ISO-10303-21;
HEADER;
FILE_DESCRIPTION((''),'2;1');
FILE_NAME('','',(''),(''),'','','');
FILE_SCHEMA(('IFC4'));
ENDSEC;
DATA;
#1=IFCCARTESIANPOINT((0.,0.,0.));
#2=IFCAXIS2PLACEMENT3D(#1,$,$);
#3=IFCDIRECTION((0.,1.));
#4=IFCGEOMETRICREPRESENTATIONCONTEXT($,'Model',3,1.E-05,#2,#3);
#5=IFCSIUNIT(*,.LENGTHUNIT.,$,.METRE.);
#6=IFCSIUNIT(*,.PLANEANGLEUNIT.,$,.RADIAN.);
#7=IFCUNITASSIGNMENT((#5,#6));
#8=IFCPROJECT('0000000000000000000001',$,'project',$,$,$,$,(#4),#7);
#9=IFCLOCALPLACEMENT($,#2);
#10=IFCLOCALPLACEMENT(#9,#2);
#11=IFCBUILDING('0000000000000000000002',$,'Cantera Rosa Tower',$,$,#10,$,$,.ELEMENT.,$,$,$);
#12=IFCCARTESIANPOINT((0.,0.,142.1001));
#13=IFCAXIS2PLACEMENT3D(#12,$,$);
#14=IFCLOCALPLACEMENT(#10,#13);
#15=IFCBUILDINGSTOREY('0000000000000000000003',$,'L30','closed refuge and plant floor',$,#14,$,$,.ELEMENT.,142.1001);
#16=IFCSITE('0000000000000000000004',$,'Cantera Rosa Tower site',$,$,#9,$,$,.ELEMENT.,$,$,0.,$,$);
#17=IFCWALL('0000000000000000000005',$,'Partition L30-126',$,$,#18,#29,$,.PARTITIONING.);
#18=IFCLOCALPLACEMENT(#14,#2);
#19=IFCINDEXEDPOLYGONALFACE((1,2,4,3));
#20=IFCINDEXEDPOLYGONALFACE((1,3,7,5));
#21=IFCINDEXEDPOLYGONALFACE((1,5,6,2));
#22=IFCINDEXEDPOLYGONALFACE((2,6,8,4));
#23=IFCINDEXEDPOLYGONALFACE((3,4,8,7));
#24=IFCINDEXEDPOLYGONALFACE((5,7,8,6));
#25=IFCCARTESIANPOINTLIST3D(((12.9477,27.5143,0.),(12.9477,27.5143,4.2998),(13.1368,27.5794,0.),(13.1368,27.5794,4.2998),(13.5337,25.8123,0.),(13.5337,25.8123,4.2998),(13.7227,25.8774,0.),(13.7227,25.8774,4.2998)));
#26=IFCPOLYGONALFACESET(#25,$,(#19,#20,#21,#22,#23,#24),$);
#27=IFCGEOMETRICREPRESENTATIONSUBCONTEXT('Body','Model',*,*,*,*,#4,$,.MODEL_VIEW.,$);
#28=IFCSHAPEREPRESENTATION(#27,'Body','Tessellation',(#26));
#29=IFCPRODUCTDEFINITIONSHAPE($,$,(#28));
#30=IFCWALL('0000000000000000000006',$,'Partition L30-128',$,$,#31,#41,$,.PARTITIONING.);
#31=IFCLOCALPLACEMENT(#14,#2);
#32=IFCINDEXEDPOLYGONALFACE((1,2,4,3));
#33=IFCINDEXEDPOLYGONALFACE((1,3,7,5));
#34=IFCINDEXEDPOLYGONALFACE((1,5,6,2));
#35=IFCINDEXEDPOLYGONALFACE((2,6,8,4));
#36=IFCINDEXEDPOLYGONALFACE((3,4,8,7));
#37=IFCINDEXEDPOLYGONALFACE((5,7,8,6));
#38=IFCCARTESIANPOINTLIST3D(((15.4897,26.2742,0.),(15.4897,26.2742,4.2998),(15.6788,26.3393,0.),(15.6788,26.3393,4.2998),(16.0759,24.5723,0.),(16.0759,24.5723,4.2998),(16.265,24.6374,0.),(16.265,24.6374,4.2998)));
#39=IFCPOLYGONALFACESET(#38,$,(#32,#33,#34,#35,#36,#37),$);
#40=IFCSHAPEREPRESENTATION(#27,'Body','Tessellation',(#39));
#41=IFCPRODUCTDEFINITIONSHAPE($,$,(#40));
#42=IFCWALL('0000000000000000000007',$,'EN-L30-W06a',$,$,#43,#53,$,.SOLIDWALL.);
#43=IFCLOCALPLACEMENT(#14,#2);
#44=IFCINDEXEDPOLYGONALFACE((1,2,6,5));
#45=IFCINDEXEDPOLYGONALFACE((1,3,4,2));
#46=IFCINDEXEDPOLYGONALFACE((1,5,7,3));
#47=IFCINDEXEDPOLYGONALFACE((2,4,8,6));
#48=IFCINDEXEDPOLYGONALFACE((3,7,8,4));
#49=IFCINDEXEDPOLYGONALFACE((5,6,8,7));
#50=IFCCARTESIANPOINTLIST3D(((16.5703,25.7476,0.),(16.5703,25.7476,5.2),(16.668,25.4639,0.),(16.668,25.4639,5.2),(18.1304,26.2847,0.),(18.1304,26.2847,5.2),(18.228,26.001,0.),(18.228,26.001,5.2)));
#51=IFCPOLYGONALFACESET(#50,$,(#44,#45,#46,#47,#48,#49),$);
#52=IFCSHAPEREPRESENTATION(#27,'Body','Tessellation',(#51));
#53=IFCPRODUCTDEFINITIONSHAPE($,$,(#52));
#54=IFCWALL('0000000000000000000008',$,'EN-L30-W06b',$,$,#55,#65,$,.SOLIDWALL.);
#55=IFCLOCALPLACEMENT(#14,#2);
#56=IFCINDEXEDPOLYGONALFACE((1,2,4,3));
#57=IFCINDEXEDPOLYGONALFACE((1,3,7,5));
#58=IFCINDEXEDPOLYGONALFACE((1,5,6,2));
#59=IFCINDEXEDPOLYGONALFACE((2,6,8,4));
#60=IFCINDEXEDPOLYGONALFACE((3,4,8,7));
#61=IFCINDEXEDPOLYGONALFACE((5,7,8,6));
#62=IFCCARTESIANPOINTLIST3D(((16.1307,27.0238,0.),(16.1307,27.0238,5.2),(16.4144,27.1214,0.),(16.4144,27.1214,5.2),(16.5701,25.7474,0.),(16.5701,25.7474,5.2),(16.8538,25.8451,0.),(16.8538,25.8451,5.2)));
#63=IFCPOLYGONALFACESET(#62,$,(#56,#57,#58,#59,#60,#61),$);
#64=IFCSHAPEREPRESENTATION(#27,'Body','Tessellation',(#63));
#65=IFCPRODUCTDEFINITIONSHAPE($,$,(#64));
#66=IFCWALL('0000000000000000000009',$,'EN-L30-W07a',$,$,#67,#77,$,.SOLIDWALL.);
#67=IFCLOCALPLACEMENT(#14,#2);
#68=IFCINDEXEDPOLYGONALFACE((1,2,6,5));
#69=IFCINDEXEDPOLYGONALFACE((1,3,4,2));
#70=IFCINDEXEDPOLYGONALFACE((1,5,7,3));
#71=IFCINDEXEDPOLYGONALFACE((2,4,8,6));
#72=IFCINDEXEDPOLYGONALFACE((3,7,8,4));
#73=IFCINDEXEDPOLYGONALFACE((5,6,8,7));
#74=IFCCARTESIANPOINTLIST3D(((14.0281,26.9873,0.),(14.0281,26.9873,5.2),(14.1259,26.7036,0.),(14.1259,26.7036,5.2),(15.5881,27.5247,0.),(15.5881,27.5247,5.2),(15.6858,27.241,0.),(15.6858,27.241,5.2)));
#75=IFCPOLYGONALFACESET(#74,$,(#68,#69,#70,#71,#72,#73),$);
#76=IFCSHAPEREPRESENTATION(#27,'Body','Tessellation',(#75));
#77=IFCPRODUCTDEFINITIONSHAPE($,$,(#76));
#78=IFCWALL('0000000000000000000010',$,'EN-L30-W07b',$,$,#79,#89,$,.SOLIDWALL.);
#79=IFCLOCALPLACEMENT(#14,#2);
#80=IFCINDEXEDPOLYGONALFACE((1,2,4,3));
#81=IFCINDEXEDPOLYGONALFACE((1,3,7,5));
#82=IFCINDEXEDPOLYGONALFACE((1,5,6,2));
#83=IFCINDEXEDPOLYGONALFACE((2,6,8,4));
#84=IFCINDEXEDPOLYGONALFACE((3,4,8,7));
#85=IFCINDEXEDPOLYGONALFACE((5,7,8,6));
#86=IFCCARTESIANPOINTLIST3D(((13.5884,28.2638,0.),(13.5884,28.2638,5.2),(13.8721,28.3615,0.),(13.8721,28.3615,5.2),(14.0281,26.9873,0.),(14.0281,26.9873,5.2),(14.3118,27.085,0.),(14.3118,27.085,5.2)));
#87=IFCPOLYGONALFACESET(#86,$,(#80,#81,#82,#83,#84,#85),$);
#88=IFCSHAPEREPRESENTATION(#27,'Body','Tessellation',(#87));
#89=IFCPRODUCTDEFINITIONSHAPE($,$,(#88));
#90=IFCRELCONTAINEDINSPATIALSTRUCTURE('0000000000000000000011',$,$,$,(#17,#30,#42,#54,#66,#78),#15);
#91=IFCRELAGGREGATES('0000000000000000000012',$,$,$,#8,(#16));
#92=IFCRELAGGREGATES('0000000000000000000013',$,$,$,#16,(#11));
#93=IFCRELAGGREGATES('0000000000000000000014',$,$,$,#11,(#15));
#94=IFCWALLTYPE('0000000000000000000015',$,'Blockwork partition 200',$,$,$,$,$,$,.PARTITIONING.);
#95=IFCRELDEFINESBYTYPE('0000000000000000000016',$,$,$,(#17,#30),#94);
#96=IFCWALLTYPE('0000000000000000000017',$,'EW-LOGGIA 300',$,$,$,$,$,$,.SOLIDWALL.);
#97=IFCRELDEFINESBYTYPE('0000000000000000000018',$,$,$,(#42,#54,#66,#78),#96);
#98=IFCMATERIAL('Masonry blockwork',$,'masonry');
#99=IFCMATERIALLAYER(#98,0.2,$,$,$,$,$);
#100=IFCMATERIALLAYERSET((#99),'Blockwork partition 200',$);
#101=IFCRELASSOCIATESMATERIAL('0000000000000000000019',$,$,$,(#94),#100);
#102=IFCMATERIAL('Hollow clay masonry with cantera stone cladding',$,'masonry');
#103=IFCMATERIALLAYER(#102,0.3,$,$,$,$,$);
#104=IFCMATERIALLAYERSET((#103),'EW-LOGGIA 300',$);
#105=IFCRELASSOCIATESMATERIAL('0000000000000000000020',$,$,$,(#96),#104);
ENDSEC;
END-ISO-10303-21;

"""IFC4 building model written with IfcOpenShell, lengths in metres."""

from ifc_helpers import new_model, si_unit, direction, frame, frame_2d, origin, place, context, subcontext, project, spatial, rectangle, extrude, material, layer, layer_set, type_object, element, save


model = new_model("IFC4")

# Units and contexts
model_context = context("Model", 3, precision=1e-05, world=origin(), true_north=direction((0.0, 1.0)))
body_context = subcontext(model_context, "Body", "Model", "MODEL_VIEW")
ifc_project = project(units=[si_unit("LENGTHUNIT", "METRE"), si_unit("PLANEANGLEUNIT", "RADIAN")], contexts=[model_context])

# Site, building, storey
site_placement = place(None, origin())
site = spatial("IfcSite", under=ifc_project, at=site_placement, Name="Cantera Rosa Tower site", CompositionType="ELEMENT", RefElevation=0.0)
building_placement = place(site_placement, origin())
building = spatial("IfcBuilding", under=site, at=building_placement, Name="Cantera Rosa Tower", CompositionType="ELEMENT")
storey_placement = place(building_placement, frame((0.0, 0.0, 142.1001)))
storey = spatial("IfcBuildingStorey", under=building, at=storey_placement, Name="L30", Description="closed refuge and plant floor", CompositionType="ELEMENT", Elevation=142.1001)

# Walls
ifc_material_1 = material(Name="Masonry blockwork", Category="masonry")
ifc_layer_1 = layer(ifc_material_1, 0.2)
ifc_layer_set_1 = layer_set([ifc_layer_1], Name="Blockwork partition 200")
wall_type_1 = type_object("IfcWallType", Name="Blockwork partition 200", PredefinedType="PARTITIONING", material=ifc_layer_set_1)
for number, where, z_axis, x_axis, name in (
    (1, (13.6282, 25.845, 0.0), (0.0, 0.0, 1.0), (-0.325531, 0.945531, 0.0), "Partition L30-126"),
    (2, (16.1704, 24.605, 0.0), (0.0, 0.0, 1.0), (-0.325652, 0.94549, 0.0), "Partition L30-128"),
):
    element("IfcWall", number, at=place(storey_placement, frame(where, z_axis=z_axis, x_axis=x_axis)), inside=storey, type_object=wall_type_1, Name=name, PredefinedType="PARTITIONING", context=body_context, shape_type="SweptSolid", body=[
        extrude(rectangle(XDim=1.8, YDim=0.2, at=frame_2d((0.8999, 0.0))), origin(), (0.0, 0.0, 1.0), 4.2998),
    ])
ifc_material_2 = material(Name="Hollow clay masonry with cantera stone cladding", Category="masonry")
ifc_layer_2 = layer(ifc_material_2, 0.3)
ifc_layer_set_2 = layer_set([ifc_layer_2], Name="EW-LOGGIA 300")
wall_type_2 = type_object("IfcWallType", Name="EW-LOGGIA 300", PredefinedType="SOLIDWALL", material=ifc_layer_set_2)
wall_1_placement = place(storey_placement, frame((18.1792, 26.1428, 0.0), z_axis=(0.0, 0.0, 1.0), x_axis=(-0.94553, -0.325535, 0.0)))
element("IfcWall", 3, at=wall_1_placement, inside=storey, type_object=wall_type_2, Name="EN-L30-W06a", PredefinedType="SOLIDWALL", context=body_context, shape_type="SweptSolid", body=[
    extrude(rectangle(XDim=1.6499, YDim=0.3, at=frame_2d((0.825, 0.0))), origin(), (0.0, 0.0, 1.0), 5.2),
])
wall_2_placement = place(storey_placement, frame((16.7119, 25.7964, 0.0), z_axis=(0.0, 0.0, 1.0), x_axis=(-0.325545, 0.945527, 0.0)))
element("IfcWall", 4, at=wall_2_placement, inside=storey, type_object=wall_type_2, Name="EN-L30-W06b", PredefinedType="SOLIDWALL", context=body_context, shape_type="SweptSolid", body=[
    extrude(rectangle(XDim=1.3499, YDim=0.3, at=frame_2d((0.6748, 0.0))), origin(), (0.0, 0.0, 1.0), 5.2),
])
wall_3_placement = place(storey_placement, frame((15.637, 27.3828, 0.0), z_axis=(0.0, 0.0, 1.0), x_axis=(-0.945485, -0.325667, 0.0)))
element("IfcWall", 5, at=wall_3_placement, inside=storey, type_object=wall_type_2, Name="EN-L30-W07a", PredefinedType="SOLIDWALL", context=body_context, shape_type="SweptSolid", body=[
    extrude(rectangle(XDim=1.6499, YDim=0.3, at=frame_2d((0.825, 0.0))), origin(), (0.0, 0.0, 1.0), 5.2),
])
wall_4_placement = place(storey_placement, frame((14.1699, 27.0361, 0.0), z_axis=(0.0, 0.0, 1.0), x_axis=(-0.325651, 0.94549, 0.0)))
element("IfcWall", 6, at=wall_4_placement, inside=storey, type_object=wall_type_2, Name="EN-L30-W07b", PredefinedType="SOLIDWALL", context=body_context, shape_type="SweptSolid", body=[
    extrude(rectangle(XDim=1.3501, YDim=0.3, at=frame_2d((0.675, 0.0))), origin(), (0.0, 0.0, 1.0), 5.2),
])

save(model, "model.ifc")
